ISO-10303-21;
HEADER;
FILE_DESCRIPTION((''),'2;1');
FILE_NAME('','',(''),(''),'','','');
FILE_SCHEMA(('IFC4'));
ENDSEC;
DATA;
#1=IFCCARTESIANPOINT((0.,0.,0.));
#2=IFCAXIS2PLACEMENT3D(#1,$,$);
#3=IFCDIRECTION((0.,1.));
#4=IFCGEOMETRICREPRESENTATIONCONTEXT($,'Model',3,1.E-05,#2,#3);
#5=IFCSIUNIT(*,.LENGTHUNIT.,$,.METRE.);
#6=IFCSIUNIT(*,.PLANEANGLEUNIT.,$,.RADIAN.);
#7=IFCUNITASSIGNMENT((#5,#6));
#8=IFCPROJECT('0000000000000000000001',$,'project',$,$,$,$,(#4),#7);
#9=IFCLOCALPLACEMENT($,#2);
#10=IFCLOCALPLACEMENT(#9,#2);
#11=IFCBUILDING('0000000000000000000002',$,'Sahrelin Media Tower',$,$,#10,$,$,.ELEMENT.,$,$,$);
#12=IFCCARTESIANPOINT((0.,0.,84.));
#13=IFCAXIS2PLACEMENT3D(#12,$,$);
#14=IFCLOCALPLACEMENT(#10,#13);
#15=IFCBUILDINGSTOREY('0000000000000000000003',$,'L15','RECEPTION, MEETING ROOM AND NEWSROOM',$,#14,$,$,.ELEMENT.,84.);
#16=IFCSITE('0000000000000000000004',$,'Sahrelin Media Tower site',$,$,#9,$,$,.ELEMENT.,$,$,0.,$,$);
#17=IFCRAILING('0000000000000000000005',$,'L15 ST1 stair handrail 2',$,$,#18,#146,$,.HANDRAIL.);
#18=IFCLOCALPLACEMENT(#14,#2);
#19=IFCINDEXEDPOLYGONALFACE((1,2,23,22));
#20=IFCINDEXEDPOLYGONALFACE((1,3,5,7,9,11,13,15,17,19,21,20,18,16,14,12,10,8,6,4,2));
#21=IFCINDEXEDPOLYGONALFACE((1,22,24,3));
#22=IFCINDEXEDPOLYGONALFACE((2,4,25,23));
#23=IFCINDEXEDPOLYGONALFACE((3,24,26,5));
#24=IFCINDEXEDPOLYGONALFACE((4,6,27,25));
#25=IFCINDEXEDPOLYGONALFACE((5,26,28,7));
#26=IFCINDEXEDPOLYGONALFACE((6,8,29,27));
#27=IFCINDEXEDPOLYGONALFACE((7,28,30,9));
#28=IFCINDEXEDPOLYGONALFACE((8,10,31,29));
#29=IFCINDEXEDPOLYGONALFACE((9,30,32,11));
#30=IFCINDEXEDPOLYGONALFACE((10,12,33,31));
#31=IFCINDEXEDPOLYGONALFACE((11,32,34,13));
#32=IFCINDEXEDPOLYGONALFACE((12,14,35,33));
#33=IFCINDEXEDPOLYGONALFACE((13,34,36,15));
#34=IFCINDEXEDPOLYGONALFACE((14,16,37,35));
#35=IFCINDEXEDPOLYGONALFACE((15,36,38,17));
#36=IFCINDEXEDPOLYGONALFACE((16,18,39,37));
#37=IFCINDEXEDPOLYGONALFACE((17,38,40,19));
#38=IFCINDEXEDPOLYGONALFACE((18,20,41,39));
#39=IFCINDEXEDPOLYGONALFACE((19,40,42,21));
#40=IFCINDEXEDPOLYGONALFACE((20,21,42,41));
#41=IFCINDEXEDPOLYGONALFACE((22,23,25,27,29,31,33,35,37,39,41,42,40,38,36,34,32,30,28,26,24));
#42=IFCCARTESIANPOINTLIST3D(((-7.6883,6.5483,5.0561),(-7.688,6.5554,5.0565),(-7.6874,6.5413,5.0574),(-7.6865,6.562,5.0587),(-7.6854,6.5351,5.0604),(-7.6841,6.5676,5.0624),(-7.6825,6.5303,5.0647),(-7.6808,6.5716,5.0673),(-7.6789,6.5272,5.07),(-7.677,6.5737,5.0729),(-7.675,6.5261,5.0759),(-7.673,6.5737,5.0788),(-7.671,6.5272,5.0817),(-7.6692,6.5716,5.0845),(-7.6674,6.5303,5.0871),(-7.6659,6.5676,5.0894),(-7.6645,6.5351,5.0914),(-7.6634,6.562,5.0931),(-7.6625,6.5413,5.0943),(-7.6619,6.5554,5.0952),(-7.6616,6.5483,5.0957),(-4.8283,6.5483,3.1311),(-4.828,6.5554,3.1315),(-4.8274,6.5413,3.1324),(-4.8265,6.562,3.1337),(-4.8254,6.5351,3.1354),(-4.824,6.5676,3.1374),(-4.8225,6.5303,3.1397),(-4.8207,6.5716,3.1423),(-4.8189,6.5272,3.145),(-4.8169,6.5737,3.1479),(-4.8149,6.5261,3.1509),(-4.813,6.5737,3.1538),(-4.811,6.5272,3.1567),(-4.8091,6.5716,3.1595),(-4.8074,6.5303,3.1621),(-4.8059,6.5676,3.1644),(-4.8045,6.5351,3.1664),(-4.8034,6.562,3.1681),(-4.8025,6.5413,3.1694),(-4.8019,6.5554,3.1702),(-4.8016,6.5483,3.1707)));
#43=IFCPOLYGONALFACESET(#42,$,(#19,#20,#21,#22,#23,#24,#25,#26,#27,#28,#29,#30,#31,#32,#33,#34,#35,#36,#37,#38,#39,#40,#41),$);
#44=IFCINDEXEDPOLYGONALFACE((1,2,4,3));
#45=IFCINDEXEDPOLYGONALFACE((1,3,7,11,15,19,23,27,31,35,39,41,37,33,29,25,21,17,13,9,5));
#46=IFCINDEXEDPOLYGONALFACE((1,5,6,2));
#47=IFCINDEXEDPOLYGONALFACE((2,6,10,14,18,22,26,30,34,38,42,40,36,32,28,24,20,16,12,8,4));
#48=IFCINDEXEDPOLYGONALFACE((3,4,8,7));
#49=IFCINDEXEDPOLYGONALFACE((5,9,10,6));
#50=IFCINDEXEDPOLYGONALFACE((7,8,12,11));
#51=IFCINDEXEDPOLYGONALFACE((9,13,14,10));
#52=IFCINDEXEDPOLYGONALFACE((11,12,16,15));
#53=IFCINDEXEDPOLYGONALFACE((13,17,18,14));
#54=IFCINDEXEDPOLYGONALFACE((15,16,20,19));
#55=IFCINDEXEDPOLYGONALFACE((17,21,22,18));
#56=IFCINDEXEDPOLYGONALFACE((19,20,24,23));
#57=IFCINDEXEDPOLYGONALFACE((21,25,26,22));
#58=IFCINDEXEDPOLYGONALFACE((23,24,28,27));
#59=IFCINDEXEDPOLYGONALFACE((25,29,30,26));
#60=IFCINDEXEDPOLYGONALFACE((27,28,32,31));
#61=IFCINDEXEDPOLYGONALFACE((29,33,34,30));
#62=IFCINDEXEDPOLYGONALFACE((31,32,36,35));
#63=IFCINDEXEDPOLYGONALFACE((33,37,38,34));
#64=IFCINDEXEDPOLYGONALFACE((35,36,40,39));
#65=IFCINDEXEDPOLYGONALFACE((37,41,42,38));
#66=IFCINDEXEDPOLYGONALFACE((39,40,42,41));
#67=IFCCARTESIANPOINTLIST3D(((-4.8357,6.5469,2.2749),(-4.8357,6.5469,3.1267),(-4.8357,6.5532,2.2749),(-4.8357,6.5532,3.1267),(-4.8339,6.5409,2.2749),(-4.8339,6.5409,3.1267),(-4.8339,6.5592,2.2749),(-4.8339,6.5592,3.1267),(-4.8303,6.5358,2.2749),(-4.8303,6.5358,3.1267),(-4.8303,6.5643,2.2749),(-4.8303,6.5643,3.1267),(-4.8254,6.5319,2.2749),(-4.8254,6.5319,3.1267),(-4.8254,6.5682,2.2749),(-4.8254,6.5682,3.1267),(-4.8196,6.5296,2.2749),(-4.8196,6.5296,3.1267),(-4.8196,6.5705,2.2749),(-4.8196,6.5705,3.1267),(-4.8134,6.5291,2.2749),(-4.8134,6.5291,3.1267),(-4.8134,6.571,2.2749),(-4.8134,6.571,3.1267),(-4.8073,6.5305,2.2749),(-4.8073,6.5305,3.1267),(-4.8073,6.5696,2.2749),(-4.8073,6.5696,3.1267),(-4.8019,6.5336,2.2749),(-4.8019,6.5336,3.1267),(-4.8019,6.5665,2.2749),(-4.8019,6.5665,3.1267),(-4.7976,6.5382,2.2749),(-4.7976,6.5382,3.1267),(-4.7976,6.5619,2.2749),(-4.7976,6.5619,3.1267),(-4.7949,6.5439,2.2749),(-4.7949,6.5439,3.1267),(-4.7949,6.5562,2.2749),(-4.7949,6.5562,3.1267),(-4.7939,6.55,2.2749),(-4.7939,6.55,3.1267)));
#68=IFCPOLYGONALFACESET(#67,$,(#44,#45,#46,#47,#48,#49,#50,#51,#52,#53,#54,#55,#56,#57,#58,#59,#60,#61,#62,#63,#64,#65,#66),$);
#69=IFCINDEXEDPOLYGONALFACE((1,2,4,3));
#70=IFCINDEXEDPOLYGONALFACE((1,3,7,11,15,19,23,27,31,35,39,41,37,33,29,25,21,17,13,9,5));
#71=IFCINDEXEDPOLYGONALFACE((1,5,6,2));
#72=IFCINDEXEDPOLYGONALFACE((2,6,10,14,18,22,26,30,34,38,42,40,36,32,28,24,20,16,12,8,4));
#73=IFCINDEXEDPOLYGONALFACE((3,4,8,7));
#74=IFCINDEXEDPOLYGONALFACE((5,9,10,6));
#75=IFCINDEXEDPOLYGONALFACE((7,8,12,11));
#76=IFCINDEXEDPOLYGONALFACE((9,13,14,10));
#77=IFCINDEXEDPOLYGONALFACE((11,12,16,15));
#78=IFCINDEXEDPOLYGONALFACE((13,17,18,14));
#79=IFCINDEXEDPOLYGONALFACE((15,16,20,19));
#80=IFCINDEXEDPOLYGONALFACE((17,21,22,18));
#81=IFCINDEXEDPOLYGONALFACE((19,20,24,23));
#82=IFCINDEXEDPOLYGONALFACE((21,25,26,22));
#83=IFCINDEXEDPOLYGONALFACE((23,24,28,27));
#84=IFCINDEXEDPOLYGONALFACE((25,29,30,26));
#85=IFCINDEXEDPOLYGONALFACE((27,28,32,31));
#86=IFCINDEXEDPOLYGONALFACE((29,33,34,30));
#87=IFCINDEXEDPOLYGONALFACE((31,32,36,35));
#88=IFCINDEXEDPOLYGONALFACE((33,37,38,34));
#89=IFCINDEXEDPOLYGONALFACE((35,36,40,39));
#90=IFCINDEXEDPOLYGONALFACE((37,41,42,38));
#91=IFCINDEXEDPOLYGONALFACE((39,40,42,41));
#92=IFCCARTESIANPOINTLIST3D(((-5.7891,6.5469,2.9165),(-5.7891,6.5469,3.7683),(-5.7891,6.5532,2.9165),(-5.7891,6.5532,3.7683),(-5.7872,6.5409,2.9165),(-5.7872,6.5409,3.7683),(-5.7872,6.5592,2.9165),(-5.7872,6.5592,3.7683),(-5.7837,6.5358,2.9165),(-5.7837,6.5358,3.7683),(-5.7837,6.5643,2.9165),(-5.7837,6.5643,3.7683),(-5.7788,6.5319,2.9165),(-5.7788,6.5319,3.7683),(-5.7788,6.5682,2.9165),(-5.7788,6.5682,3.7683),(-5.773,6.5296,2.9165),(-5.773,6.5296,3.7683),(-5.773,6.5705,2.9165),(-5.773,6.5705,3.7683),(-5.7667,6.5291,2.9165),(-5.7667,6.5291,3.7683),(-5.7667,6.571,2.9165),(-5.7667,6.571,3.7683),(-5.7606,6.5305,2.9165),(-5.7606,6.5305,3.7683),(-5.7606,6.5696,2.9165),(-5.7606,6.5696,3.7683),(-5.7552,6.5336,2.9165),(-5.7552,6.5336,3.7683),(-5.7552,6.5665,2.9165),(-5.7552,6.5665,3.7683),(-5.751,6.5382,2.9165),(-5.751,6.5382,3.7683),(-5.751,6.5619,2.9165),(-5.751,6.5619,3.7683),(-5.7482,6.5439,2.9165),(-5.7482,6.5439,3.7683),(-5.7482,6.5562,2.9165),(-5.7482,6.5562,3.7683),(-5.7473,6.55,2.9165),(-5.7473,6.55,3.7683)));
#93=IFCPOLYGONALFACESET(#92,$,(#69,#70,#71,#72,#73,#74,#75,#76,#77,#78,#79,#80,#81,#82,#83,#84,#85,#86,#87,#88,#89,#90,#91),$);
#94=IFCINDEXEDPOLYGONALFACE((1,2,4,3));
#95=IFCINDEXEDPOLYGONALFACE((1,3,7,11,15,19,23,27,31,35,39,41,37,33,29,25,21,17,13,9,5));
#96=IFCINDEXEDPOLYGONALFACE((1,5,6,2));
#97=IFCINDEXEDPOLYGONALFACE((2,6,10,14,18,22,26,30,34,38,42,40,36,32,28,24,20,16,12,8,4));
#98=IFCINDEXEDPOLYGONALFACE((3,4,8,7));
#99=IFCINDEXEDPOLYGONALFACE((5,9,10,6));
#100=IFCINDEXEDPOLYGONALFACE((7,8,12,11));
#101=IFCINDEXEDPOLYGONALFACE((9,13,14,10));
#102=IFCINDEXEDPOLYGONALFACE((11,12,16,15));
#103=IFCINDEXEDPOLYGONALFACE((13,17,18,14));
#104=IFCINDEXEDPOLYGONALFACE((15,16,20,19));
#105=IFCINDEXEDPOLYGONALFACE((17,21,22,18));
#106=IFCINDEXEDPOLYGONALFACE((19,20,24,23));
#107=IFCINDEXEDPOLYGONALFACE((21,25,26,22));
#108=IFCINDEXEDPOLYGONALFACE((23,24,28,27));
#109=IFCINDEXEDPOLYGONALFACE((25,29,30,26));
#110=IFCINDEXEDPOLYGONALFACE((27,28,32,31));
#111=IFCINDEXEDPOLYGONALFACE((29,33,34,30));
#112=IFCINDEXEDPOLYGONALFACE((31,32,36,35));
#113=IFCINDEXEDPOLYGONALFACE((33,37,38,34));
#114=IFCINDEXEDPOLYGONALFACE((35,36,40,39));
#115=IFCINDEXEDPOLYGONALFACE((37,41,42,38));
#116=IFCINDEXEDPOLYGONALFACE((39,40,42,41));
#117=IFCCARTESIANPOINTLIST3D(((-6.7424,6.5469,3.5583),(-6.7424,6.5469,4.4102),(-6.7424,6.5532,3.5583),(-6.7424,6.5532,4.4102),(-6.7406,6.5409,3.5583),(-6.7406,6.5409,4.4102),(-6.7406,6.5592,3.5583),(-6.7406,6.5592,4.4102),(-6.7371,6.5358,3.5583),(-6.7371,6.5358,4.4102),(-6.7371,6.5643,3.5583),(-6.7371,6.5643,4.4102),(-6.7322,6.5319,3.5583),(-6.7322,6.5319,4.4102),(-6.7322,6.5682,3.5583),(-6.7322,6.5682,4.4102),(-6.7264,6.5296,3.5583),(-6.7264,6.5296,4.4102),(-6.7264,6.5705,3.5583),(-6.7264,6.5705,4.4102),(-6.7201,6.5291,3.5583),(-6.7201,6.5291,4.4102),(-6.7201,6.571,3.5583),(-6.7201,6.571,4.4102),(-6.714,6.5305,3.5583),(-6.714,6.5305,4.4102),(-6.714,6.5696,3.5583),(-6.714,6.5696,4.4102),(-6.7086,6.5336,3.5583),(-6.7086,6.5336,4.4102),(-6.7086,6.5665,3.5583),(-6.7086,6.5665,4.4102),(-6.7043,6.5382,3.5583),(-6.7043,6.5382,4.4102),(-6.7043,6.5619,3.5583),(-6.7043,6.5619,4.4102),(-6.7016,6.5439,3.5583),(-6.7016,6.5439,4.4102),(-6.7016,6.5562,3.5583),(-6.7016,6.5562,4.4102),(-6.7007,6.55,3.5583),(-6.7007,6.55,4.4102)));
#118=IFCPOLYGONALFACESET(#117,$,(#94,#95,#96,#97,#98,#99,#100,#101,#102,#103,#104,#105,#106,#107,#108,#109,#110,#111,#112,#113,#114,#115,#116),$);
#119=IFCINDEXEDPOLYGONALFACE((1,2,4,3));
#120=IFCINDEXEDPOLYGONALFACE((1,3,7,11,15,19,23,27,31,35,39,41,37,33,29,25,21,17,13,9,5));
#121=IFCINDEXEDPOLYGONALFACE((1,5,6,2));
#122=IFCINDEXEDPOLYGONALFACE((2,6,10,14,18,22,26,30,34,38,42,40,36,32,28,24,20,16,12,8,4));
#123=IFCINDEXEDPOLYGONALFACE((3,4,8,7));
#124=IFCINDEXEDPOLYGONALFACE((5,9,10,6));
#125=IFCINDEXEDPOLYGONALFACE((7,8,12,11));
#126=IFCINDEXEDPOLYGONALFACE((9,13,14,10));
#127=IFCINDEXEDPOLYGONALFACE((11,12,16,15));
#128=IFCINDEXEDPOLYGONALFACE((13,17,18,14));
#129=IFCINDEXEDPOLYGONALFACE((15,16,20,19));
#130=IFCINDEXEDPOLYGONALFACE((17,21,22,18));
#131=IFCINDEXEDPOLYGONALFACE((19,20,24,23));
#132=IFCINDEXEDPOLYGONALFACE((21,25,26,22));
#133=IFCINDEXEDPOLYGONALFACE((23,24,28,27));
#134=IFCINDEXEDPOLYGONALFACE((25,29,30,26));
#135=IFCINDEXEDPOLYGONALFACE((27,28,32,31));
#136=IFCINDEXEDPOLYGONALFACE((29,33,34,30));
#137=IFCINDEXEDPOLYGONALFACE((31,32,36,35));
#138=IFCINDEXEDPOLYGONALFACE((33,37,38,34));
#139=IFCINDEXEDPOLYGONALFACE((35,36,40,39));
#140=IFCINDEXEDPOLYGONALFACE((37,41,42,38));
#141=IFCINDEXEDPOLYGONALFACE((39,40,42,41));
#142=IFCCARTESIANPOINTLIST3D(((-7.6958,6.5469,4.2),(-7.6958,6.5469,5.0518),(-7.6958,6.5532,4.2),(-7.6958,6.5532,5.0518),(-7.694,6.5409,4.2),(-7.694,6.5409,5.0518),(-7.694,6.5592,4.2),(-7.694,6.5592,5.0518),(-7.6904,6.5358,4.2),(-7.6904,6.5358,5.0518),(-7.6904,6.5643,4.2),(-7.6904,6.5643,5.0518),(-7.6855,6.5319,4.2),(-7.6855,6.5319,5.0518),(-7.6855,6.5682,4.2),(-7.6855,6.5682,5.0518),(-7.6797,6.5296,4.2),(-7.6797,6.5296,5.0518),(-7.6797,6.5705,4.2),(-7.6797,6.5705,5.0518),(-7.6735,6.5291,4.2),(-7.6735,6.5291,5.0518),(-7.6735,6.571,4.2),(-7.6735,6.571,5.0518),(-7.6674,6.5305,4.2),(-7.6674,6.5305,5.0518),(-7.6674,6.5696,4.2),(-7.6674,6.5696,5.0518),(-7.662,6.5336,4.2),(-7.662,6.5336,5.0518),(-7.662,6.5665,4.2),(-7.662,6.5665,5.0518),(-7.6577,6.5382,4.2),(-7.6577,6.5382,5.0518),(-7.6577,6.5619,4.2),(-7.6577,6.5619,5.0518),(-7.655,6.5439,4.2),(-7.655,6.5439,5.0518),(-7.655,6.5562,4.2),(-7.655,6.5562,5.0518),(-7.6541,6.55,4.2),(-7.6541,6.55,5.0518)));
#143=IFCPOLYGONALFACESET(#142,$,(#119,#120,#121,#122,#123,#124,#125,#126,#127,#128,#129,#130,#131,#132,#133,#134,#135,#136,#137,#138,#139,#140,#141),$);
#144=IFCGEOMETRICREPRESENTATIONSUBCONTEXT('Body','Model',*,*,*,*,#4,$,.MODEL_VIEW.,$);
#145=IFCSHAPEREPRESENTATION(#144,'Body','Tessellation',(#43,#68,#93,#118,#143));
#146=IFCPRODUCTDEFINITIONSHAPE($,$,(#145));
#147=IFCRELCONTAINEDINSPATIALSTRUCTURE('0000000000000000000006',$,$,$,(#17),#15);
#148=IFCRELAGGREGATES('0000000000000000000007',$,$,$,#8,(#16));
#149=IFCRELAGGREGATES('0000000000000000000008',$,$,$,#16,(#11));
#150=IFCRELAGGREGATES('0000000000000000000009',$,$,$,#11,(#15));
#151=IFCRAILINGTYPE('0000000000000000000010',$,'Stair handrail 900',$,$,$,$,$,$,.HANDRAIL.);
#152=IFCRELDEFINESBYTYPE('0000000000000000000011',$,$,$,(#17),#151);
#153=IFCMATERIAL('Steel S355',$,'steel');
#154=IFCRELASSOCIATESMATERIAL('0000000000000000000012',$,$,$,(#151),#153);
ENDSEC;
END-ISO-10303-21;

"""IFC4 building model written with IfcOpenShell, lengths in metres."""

from ifc_helpers import new_model, si_unit, direction, frame, origin, origin_2d, place, context, subcontext, project, spatial, circle, extrude, material, type_object, element, save


model = new_model("IFC4")

# Units and contexts
model_context = context("Model", 3, precision=1e-05, world=origin(), true_north=direction((0.0, 1.0)))
body_context = subcontext(model_context, "Body", "Model", "MODEL_VIEW")
ifc_project = project(units=[si_unit("LENGTHUNIT", "METRE"), si_unit("PLANEANGLEUNIT", "RADIAN")], contexts=[model_context])

# Site, building, storey
site_placement = place(None, origin())
site = spatial("IfcSite", under=ifc_project, at=site_placement, Name="Sahrelin Media Tower site", CompositionType="ELEMENT", RefElevation=0.0)
building_placement = place(site_placement, origin())
building = spatial("IfcBuilding", under=site, at=building_placement, Name="Sahrelin Media Tower", CompositionType="ELEMENT")
storey_placement = place(building_placement, frame((0.0, 0.0, 84.0)))
storey = spatial("IfcBuildingStorey", under=building, at=storey_placement, Name="L15", Description="RECEPTION, MEETING ROOM AND NEWSROOM", CompositionType="ELEMENT", Elevation=84.0)

# Shared definitions
ifc_material_1 = material(Name="Steel S355", Category="steel")

# Railing
railing_type_1 = type_object("IfcRailingType", Name="Stair handrail 900", PredefinedType="HANDRAIL", material=ifc_material_1)
railing_1_placement = place(storey_placement, frame((-4.8149, 6.55, 2.2749)))
element("IfcRailing", 1, at=railing_1_placement, inside=storey, type_object=railing_type_1, Name="L15 ST1 stair handrail 2", PredefinedType="HANDRAIL", context=body_context, shape_type="SweptSolid", body=[
    extrude(circle(Radius=0.0239, at=origin_2d()), frame((0.0, 0.0, 0.876), z_axis=(-0.829591, 0.0, 0.558372), x_axis=(0.0, -1.0, 0.0)), (0.0, 0.0, 1.0), 3.4475),
    extrude(circle(Radius=0.021, at=origin_2d()), origin(), (0.0, 0.0, 1.0), 0.8518),
    extrude(circle(Radius=0.021, at=origin_2d()), frame((-0.9534, 0.0, 0.6416)), (0.0, 0.0, 1.0), 0.8518),
    extrude(circle(Radius=0.021, at=origin_2d()), frame((-1.9067, 0.0, 1.2834)), (0.0, 0.0, 1.0), 0.8518),
    extrude(circle(Radius=0.021, at=origin_2d()), frame((-2.8601, 0.0, 1.925)), (0.0, 0.0, 1.0), 0.8518),
])

save(model, "model.ifc")
